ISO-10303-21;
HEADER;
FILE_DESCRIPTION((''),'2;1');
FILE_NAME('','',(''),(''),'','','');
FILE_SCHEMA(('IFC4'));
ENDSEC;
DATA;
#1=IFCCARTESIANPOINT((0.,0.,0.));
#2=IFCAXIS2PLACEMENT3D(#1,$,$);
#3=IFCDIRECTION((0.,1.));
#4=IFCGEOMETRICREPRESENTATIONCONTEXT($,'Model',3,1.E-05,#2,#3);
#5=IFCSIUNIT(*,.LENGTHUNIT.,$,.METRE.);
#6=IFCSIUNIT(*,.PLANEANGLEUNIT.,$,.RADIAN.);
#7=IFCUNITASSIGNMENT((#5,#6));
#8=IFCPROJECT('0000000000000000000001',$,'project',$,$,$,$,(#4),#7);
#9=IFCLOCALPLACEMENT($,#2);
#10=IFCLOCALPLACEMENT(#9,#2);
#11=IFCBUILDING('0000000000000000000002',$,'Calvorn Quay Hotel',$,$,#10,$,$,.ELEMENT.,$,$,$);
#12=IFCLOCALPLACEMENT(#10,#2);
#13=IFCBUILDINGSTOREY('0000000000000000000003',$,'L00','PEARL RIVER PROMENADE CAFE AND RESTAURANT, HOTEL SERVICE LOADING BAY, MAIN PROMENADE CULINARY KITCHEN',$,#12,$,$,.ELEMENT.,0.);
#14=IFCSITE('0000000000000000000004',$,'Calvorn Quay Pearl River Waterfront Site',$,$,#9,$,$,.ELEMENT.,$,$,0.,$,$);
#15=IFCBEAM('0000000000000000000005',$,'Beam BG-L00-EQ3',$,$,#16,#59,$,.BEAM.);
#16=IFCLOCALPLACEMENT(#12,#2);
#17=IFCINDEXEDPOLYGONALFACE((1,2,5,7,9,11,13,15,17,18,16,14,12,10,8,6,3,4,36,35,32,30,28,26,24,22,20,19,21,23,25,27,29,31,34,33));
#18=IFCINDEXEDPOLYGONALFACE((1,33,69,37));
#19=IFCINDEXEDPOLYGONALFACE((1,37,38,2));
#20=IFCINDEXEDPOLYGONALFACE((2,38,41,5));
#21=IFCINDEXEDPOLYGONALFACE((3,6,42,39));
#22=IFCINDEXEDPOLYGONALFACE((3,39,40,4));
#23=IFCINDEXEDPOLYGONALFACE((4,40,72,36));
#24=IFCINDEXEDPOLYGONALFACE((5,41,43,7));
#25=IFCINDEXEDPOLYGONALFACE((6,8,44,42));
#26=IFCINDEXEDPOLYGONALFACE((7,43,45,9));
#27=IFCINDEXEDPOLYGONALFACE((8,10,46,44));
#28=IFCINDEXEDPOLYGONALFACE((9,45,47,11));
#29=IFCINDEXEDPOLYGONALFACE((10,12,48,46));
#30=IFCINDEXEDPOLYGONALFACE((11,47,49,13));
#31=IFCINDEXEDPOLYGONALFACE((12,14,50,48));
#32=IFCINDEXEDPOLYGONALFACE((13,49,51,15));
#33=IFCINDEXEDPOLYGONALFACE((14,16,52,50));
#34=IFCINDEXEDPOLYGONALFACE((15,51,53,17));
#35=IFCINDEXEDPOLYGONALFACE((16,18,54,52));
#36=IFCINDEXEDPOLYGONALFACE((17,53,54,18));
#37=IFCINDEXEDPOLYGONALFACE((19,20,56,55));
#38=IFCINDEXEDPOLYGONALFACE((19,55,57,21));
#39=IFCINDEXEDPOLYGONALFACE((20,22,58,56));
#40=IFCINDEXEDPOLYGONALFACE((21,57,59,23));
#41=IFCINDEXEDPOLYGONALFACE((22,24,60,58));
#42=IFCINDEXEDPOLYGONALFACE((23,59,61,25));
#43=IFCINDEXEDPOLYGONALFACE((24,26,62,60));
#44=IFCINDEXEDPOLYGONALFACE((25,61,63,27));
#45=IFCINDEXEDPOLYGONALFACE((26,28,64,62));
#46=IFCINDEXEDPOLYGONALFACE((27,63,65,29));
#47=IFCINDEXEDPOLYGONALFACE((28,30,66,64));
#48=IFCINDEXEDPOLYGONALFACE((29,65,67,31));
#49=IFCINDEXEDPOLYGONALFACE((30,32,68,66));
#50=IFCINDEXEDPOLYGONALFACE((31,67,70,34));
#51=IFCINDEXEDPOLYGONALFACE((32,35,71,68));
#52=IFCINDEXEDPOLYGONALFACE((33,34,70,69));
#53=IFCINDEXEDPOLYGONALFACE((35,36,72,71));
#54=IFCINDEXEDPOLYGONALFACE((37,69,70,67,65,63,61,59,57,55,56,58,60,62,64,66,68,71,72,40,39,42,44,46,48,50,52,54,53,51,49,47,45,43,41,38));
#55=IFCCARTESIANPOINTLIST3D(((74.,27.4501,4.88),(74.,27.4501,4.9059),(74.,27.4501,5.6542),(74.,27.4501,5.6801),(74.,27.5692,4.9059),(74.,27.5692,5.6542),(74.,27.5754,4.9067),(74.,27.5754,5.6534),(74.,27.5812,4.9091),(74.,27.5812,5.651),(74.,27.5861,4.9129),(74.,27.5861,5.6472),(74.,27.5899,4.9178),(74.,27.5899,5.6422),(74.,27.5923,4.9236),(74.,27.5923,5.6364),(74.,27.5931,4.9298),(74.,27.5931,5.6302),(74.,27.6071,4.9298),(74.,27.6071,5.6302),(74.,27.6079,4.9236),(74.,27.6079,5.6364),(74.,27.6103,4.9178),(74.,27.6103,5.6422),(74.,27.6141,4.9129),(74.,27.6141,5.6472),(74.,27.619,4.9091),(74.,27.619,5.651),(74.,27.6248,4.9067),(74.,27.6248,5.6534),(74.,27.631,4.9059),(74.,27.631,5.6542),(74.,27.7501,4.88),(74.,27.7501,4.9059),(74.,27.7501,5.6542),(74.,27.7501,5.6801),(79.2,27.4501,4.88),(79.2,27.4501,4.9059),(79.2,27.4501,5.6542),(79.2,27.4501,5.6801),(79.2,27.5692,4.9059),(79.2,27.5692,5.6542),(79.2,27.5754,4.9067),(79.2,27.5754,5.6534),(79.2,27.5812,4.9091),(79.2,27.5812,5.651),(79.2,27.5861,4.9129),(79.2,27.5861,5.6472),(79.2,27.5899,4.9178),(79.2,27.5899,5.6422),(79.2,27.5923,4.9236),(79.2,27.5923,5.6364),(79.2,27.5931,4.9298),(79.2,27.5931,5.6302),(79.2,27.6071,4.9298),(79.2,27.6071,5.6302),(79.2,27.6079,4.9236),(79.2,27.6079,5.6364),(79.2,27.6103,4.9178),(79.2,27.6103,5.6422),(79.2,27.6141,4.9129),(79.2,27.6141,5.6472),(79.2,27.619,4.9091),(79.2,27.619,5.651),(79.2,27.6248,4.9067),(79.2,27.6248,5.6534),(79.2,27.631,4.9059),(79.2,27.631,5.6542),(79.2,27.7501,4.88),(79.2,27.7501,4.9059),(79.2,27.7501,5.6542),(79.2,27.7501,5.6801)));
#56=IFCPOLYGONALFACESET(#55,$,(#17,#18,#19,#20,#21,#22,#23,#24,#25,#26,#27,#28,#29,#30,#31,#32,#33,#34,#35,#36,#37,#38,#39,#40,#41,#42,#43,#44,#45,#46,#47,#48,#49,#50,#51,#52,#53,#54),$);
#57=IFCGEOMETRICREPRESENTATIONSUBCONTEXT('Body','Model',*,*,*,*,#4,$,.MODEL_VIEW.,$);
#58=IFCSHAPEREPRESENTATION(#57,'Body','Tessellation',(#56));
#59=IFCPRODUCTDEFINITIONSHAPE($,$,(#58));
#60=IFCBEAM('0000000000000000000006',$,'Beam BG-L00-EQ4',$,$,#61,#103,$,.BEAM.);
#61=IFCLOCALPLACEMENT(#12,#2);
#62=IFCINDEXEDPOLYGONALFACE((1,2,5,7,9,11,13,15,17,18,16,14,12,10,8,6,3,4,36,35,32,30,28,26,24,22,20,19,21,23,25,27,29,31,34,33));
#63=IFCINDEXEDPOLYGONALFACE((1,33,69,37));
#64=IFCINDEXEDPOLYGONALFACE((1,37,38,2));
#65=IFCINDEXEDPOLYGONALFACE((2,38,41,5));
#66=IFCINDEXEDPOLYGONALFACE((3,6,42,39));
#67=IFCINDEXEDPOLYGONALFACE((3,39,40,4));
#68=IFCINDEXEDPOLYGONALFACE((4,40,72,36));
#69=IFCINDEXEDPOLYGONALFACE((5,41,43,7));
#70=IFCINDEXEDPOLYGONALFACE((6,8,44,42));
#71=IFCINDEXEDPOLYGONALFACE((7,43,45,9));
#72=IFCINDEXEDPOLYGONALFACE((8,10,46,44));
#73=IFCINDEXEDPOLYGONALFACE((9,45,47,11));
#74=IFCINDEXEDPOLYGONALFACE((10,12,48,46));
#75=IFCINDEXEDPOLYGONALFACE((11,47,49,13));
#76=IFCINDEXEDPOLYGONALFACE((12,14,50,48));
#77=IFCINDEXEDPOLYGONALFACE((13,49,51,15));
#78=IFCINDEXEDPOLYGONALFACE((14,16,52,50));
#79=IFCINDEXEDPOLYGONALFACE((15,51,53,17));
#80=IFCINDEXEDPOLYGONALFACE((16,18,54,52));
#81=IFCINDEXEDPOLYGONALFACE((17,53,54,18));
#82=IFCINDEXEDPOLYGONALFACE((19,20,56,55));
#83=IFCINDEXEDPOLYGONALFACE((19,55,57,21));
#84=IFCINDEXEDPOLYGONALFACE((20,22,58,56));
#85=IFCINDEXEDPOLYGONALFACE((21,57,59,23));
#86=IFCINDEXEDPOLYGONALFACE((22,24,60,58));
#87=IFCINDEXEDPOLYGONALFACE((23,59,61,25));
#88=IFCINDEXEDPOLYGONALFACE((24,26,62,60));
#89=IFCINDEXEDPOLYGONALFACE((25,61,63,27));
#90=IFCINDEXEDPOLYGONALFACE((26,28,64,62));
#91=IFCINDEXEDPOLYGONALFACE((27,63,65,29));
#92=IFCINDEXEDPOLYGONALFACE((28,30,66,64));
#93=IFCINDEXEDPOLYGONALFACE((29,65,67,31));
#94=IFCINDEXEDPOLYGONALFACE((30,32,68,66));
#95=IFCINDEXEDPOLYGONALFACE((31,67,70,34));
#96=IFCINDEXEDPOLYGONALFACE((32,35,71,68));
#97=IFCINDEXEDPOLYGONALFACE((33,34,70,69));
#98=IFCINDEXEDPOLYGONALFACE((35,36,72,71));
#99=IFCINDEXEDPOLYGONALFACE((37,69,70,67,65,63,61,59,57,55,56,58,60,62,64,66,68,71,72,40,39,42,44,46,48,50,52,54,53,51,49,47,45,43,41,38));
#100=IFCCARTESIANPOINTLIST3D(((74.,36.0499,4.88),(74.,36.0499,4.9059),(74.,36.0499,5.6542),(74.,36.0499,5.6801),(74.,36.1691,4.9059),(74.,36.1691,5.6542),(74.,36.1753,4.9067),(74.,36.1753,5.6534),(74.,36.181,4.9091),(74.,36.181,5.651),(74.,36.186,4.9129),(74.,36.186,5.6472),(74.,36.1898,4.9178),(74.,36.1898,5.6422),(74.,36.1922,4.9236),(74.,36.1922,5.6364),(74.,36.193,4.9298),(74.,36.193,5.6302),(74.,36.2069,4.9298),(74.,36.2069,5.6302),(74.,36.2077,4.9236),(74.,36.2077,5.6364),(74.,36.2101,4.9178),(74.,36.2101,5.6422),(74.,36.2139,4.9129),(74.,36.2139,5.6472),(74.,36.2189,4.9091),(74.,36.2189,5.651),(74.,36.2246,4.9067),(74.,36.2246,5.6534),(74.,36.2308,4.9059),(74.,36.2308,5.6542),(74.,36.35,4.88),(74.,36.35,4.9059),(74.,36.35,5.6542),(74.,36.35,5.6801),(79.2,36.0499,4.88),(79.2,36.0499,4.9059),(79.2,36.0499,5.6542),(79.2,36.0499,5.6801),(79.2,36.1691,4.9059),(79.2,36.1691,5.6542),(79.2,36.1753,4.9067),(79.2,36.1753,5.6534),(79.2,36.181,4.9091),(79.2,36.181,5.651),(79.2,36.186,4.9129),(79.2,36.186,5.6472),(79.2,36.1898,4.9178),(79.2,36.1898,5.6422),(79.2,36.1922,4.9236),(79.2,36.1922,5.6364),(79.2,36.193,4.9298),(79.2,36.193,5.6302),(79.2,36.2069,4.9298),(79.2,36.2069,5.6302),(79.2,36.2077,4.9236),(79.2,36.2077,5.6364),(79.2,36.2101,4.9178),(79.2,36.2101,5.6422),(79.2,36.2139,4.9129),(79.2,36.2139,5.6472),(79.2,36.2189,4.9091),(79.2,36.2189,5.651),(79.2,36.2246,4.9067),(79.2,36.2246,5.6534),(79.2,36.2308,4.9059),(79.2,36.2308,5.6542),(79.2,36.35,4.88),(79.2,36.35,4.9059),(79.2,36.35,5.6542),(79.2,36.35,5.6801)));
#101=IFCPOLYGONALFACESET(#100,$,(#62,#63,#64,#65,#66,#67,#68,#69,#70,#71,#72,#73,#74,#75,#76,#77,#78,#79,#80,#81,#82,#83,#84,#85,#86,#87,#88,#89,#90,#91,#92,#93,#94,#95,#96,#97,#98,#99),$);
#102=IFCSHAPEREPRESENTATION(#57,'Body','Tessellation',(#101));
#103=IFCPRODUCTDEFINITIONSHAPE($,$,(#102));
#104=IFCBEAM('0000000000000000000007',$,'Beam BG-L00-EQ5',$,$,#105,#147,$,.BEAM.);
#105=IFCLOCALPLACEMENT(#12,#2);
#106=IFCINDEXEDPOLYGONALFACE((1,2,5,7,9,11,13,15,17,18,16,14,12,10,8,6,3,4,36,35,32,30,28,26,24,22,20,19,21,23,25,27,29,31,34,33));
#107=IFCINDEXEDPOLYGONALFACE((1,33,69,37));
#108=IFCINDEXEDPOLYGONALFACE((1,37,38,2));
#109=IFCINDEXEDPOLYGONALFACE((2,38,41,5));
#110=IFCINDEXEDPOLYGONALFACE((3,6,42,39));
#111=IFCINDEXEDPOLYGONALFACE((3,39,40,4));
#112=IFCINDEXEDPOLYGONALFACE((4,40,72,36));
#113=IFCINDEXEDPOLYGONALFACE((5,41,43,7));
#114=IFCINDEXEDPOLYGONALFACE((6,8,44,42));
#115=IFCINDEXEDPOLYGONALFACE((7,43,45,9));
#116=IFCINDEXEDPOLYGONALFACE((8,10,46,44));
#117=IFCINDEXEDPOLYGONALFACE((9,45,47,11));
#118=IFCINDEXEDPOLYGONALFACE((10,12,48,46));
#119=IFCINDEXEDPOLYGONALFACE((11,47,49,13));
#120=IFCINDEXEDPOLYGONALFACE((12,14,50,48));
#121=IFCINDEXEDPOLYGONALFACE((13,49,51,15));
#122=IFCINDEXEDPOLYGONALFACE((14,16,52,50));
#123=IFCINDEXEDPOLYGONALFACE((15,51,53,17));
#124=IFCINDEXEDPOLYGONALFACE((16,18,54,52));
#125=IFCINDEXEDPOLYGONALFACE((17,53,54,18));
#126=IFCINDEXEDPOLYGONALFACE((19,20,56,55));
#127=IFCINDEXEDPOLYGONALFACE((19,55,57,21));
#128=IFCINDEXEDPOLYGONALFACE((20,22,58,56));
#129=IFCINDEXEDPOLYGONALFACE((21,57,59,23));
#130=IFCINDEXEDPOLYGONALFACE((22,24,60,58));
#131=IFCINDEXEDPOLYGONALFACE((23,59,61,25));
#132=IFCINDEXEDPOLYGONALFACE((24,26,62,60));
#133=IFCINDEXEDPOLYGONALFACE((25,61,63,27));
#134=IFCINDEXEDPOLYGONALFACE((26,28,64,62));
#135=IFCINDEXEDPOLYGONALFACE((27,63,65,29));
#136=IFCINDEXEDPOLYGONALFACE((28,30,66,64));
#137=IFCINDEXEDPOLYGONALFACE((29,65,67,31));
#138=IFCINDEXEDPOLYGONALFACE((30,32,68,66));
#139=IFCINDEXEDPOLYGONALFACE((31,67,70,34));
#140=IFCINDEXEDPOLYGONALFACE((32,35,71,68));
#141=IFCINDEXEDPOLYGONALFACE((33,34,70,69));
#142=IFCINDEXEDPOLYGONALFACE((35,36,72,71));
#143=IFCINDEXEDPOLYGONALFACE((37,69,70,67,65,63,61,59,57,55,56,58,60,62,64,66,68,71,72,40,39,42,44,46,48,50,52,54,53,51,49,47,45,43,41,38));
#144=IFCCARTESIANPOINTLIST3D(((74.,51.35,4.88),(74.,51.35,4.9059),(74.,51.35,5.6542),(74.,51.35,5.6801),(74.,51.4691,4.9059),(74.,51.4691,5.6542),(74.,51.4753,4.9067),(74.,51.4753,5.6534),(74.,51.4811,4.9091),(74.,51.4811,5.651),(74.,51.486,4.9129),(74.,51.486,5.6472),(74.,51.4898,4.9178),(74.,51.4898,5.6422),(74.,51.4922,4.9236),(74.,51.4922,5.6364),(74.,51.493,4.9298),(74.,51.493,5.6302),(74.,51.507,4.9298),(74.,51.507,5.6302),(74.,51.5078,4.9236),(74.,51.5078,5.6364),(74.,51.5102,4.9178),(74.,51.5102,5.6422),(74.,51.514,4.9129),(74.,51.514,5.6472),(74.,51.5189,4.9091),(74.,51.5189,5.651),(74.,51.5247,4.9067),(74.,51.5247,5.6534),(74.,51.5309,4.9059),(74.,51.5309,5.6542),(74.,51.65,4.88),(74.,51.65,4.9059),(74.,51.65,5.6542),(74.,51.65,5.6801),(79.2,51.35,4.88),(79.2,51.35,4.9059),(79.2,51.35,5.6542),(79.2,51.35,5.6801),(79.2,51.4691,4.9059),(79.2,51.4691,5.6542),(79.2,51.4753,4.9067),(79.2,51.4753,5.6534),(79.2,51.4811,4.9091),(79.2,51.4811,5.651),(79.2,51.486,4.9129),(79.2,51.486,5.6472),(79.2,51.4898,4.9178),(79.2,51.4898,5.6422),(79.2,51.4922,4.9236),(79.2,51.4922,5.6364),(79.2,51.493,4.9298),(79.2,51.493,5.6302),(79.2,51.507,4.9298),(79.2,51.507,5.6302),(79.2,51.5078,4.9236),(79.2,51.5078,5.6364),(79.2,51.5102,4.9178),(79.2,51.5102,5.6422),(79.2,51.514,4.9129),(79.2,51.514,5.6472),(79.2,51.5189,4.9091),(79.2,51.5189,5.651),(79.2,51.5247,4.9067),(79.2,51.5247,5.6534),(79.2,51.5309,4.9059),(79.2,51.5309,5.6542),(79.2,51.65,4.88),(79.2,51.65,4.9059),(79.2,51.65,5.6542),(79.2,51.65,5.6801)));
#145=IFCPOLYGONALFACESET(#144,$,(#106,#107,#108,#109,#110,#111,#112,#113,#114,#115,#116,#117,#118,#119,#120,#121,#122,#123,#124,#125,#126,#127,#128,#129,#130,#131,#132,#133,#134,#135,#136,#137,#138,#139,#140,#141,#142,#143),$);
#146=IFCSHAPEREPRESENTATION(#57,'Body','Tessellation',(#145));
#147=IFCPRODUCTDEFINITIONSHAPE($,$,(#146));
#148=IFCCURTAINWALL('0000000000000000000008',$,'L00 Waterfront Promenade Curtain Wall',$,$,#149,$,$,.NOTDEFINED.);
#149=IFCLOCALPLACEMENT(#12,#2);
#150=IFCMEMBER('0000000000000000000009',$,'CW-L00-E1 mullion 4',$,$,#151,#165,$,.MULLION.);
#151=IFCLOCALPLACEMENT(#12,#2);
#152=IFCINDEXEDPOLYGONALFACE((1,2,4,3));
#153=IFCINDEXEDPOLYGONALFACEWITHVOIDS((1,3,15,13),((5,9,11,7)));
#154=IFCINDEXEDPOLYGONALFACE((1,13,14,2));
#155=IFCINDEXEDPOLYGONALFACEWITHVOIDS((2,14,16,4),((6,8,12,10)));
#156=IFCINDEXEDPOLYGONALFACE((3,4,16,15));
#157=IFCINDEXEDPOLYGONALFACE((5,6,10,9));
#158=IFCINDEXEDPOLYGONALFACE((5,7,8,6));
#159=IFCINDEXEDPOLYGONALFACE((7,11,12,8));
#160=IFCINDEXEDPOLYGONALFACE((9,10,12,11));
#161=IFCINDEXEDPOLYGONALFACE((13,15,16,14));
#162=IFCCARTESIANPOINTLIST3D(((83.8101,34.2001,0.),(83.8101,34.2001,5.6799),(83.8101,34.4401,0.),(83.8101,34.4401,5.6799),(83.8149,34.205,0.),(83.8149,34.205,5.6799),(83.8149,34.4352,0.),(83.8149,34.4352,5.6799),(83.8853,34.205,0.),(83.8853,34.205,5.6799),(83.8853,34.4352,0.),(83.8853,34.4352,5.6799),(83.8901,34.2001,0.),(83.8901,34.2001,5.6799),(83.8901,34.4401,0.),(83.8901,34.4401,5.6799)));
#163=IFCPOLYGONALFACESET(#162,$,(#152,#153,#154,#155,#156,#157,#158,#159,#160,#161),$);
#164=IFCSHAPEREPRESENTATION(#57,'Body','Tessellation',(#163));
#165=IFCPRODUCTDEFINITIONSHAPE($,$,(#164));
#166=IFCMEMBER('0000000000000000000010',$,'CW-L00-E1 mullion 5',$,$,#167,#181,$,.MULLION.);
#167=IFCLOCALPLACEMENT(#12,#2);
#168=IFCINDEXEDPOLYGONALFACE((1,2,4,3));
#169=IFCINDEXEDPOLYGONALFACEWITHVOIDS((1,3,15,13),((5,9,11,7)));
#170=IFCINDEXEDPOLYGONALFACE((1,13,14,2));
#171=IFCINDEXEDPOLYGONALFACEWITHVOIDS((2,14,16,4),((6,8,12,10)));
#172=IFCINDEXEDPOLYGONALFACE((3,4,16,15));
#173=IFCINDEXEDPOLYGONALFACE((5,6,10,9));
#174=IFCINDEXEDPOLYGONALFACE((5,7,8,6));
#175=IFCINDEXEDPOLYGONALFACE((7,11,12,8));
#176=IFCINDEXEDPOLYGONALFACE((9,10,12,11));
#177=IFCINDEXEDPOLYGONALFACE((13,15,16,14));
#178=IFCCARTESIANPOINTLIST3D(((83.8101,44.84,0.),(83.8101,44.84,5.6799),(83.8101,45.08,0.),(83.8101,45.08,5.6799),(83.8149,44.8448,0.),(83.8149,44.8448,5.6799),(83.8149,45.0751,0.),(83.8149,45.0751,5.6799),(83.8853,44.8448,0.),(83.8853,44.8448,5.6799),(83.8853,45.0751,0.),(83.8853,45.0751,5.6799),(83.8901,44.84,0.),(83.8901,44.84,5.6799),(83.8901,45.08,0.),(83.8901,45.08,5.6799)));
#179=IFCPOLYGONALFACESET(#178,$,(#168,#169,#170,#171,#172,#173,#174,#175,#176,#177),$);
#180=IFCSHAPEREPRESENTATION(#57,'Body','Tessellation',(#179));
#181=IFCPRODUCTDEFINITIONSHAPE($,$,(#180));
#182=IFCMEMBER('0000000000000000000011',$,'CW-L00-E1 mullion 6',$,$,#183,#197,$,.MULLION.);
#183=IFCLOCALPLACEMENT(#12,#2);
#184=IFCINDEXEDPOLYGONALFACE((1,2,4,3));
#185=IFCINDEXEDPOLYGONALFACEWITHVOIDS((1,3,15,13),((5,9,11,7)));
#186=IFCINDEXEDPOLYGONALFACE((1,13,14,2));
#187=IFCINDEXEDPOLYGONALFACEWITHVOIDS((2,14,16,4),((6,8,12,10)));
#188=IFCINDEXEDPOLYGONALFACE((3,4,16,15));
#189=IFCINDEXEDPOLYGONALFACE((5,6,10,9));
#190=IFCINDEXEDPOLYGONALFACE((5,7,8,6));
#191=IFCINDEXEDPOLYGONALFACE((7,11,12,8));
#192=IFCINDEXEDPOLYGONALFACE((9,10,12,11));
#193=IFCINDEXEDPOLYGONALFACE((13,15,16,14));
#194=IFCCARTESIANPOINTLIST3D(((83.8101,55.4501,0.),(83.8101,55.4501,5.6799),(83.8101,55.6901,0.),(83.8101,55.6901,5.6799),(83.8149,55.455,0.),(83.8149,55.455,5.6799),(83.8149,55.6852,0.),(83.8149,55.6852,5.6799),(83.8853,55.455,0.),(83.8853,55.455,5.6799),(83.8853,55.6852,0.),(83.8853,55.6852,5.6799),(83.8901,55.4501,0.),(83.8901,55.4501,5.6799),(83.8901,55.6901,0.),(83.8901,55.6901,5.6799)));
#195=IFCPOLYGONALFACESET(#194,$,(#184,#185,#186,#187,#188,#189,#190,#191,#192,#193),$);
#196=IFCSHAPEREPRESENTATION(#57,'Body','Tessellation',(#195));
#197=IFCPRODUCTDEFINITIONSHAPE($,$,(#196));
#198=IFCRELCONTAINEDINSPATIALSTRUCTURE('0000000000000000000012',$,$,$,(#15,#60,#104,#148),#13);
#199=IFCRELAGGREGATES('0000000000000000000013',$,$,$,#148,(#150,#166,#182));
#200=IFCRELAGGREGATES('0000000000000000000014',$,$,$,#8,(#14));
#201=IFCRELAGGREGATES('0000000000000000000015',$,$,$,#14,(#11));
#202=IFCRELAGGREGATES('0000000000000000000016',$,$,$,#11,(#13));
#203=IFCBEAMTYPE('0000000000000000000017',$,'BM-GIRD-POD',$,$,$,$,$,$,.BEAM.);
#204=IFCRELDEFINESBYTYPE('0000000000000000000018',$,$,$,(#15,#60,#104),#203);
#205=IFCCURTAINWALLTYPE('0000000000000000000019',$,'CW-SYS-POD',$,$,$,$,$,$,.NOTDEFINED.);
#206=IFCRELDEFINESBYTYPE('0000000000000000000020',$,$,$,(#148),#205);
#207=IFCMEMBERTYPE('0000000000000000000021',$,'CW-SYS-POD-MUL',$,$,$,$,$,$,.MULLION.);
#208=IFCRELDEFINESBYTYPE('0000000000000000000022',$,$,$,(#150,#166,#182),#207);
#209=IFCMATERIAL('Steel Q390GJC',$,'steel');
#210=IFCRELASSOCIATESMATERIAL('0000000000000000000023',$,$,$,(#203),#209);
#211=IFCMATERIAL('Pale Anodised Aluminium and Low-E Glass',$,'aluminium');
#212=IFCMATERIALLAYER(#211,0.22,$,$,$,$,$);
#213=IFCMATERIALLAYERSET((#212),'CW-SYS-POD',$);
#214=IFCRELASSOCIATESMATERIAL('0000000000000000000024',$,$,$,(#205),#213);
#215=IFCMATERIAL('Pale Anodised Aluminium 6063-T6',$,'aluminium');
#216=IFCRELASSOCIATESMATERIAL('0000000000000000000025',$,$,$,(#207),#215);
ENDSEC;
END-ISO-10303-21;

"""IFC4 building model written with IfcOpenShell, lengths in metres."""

from ifc_helpers import new_model, si_unit, direction, frame, origin, origin_2d, place, context, subcontext, project, spatial, hollow_rectangle, i_section, extrude, material, layer, layer_set, material_profile, profile_set, type_object, element, aggregate, save


model = new_model("IFC4")

# Units and contexts
model_context = context("Model", 3, precision=1e-05, world=origin(), true_north=direction((0.0, 1.0)))
body_context = subcontext(model_context, "Body", "Model", "MODEL_VIEW")
ifc_project = project(units=[si_unit("LENGTHUNIT", "METRE"), si_unit("PLANEANGLEUNIT", "RADIAN")], contexts=[model_context])

# Site, building, storey
site_placement = place(None, origin())
site = spatial("IfcSite", under=ifc_project, at=site_placement, Name="Calvorn Quay Pearl River Waterfront Site", CompositionType="ELEMENT", RefElevation=0.0)
building_placement = place(site_placement, origin())
building = spatial("IfcBuilding", under=site, at=building_placement, Name="Calvorn Quay Hotel", CompositionType="ELEMENT")
storey_placement = place(building_placement, origin())
storey = spatial("IfcBuildingStorey", under=building, at=storey_placement, Name="L00", Description="PEARL RIVER PROMENADE CAFE AND RESTAURANT, HOTEL SERVICE LOADING BAY, MAIN PROMENADE CULINARY KITCHEN", CompositionType="ELEMENT", Elevation=0.0)

# Beams
ifc_material_1 = material(Name="Steel Q390GJC", Category="steel")
ifc_material_profile_1 = material_profile(ifc_material_1, i_section(OverallWidth=0.3, OverallDepth=0.8, WebThickness=0.0139, FlangeThickness=0.0259, FilletRadius=0.0239, at=origin_2d()), Name="HN800x300x14x26")
ifc_profile_set_1 = profile_set([ifc_material_profile_1], Name="Steel Q390GJC")
beam_type = type_object("IfcBeamType", Name="BM-GIRD-POD", PredefinedType="BEAM", material=ifc_profile_set_1)
for number, where, z_axis, x_axis, name in (
    (1, (74.0, 27.6001, 5.28), (1.0, 0.0, 0.0), (0.0, 1.0, 0.0), "Beam BG-L00-EQ3"),
    (2, (74.0, 36.2, 5.28), (1.0, 0.0, 0.0), (0.0, 1.0, 0.0), "Beam BG-L00-EQ4"),
    (3, (74.0, 51.5, 5.28), (1.0, 0.0, 0.0), (0.0, 1.0, 0.0), "Beam BG-L00-EQ5"),
):
    element("IfcBeam", number, at=place(storey_placement, frame(where, z_axis=z_axis, x_axis=x_axis)), inside=storey, type_object=beam_type, Name=name, PredefinedType="BEAM", context=body_context, shape_type="SweptSolid", body=[
        extrude(i_section(OverallWidth=0.3, OverallDepth=0.8, WebThickness=0.0139, FlangeThickness=0.0259, FilletRadius=0.0239, at=origin_2d()), origin(), (0.0, 0.0, 1.0), 5.2),
    ])

# Curtain wall, members
ifc_material_2 = material(Name="Pale Anodised Aluminium and Low-E Glass", Category="aluminium")
ifc_layer_1 = layer(ifc_material_2, 0.22)
ifc_layer_set_1 = layer_set([ifc_layer_1], Name="CW-SYS-POD")
curtain_wall_type = type_object("IfcCurtainWallType", Name="CW-SYS-POD", PredefinedType="NOTDEFINED", material=ifc_layer_set_1)
curtain_wall_placement = place(storey_placement, origin())
curtain_wall = element("IfcCurtainWall", 4, at=curtain_wall_placement, inside=storey, type_object=curtain_wall_type, Name="L00 Waterfront Promenade Curtain Wall", PredefinedType="NOTDEFINED")
ifc_material_3 = material(Name="Pale Anodised Aluminium 6063-T6", Category="aluminium")
ifc_material_profile_2 = material_profile(ifc_material_3, hollow_rectangle(XDim=0.0801, YDim=0.24, WallThickness=0.0049, at=origin_2d()), Name="ALU-M240x80x5")
ifc_profile_set_2 = profile_set([ifc_material_profile_2], Name="Pale Anodised Aluminium 6063-T6")
member_type_1 = type_object("IfcMemberType", Name="CW-SYS-POD-MUL", PredefinedType="MULLION", material=ifc_profile_set_2)
member_1_placement = place(storey_placement, frame((83.8501, 34.3201, 0.0), z_axis=(0.0, 0.0, 1.0), x_axis=(-1.0, 0.0, 0.0)))
member_1 = element("IfcMember", 5, at=member_1_placement, type_object=member_type_1, Name="CW-L00-E1 mullion 4", PredefinedType="MULLION", context=body_context, shape_type="SweptSolid", body=[
    extrude(hollow_rectangle(XDim=0.0801, YDim=0.24, WallThickness=0.0049, at=origin_2d()), origin(), (0.0, 0.0, 1.0), 5.6799),
])
member_2_placement = place(storey_placement, frame((83.8501, 44.96, 0.0), z_axis=(0.0, 0.0, 1.0), x_axis=(-1.0, 0.0, 0.0)))
member_2 = element("IfcMember", 6, at=member_2_placement, type_object=member_type_1, Name="CW-L00-E1 mullion 5", PredefinedType="MULLION", context=body_context, shape_type="SweptSolid", body=[
    extrude(hollow_rectangle(XDim=0.0801, YDim=0.24, WallThickness=0.0049, at=origin_2d()), origin(), (0.0, 0.0, 1.0), 5.6799),
])
member_3_placement = place(storey_placement, frame((83.8501, 55.5701, 0.0), z_axis=(0.0, 0.0, 1.0), x_axis=(-1.0, 0.0, 0.0)))
member_3 = element("IfcMember", 7, at=member_3_placement, type_object=member_type_1, Name="CW-L00-E1 mullion 6", PredefinedType="MULLION", context=body_context, shape_type="SweptSolid", body=[
    extrude(hollow_rectangle(XDim=0.0801, YDim=0.24, WallThickness=0.0049, at=origin_2d()), origin(), (0.0, 0.0, 1.0), 5.6799),
])
aggregate(curtain_wall, [member_1, member_2, member_3])

save(model, "model.ifc")
